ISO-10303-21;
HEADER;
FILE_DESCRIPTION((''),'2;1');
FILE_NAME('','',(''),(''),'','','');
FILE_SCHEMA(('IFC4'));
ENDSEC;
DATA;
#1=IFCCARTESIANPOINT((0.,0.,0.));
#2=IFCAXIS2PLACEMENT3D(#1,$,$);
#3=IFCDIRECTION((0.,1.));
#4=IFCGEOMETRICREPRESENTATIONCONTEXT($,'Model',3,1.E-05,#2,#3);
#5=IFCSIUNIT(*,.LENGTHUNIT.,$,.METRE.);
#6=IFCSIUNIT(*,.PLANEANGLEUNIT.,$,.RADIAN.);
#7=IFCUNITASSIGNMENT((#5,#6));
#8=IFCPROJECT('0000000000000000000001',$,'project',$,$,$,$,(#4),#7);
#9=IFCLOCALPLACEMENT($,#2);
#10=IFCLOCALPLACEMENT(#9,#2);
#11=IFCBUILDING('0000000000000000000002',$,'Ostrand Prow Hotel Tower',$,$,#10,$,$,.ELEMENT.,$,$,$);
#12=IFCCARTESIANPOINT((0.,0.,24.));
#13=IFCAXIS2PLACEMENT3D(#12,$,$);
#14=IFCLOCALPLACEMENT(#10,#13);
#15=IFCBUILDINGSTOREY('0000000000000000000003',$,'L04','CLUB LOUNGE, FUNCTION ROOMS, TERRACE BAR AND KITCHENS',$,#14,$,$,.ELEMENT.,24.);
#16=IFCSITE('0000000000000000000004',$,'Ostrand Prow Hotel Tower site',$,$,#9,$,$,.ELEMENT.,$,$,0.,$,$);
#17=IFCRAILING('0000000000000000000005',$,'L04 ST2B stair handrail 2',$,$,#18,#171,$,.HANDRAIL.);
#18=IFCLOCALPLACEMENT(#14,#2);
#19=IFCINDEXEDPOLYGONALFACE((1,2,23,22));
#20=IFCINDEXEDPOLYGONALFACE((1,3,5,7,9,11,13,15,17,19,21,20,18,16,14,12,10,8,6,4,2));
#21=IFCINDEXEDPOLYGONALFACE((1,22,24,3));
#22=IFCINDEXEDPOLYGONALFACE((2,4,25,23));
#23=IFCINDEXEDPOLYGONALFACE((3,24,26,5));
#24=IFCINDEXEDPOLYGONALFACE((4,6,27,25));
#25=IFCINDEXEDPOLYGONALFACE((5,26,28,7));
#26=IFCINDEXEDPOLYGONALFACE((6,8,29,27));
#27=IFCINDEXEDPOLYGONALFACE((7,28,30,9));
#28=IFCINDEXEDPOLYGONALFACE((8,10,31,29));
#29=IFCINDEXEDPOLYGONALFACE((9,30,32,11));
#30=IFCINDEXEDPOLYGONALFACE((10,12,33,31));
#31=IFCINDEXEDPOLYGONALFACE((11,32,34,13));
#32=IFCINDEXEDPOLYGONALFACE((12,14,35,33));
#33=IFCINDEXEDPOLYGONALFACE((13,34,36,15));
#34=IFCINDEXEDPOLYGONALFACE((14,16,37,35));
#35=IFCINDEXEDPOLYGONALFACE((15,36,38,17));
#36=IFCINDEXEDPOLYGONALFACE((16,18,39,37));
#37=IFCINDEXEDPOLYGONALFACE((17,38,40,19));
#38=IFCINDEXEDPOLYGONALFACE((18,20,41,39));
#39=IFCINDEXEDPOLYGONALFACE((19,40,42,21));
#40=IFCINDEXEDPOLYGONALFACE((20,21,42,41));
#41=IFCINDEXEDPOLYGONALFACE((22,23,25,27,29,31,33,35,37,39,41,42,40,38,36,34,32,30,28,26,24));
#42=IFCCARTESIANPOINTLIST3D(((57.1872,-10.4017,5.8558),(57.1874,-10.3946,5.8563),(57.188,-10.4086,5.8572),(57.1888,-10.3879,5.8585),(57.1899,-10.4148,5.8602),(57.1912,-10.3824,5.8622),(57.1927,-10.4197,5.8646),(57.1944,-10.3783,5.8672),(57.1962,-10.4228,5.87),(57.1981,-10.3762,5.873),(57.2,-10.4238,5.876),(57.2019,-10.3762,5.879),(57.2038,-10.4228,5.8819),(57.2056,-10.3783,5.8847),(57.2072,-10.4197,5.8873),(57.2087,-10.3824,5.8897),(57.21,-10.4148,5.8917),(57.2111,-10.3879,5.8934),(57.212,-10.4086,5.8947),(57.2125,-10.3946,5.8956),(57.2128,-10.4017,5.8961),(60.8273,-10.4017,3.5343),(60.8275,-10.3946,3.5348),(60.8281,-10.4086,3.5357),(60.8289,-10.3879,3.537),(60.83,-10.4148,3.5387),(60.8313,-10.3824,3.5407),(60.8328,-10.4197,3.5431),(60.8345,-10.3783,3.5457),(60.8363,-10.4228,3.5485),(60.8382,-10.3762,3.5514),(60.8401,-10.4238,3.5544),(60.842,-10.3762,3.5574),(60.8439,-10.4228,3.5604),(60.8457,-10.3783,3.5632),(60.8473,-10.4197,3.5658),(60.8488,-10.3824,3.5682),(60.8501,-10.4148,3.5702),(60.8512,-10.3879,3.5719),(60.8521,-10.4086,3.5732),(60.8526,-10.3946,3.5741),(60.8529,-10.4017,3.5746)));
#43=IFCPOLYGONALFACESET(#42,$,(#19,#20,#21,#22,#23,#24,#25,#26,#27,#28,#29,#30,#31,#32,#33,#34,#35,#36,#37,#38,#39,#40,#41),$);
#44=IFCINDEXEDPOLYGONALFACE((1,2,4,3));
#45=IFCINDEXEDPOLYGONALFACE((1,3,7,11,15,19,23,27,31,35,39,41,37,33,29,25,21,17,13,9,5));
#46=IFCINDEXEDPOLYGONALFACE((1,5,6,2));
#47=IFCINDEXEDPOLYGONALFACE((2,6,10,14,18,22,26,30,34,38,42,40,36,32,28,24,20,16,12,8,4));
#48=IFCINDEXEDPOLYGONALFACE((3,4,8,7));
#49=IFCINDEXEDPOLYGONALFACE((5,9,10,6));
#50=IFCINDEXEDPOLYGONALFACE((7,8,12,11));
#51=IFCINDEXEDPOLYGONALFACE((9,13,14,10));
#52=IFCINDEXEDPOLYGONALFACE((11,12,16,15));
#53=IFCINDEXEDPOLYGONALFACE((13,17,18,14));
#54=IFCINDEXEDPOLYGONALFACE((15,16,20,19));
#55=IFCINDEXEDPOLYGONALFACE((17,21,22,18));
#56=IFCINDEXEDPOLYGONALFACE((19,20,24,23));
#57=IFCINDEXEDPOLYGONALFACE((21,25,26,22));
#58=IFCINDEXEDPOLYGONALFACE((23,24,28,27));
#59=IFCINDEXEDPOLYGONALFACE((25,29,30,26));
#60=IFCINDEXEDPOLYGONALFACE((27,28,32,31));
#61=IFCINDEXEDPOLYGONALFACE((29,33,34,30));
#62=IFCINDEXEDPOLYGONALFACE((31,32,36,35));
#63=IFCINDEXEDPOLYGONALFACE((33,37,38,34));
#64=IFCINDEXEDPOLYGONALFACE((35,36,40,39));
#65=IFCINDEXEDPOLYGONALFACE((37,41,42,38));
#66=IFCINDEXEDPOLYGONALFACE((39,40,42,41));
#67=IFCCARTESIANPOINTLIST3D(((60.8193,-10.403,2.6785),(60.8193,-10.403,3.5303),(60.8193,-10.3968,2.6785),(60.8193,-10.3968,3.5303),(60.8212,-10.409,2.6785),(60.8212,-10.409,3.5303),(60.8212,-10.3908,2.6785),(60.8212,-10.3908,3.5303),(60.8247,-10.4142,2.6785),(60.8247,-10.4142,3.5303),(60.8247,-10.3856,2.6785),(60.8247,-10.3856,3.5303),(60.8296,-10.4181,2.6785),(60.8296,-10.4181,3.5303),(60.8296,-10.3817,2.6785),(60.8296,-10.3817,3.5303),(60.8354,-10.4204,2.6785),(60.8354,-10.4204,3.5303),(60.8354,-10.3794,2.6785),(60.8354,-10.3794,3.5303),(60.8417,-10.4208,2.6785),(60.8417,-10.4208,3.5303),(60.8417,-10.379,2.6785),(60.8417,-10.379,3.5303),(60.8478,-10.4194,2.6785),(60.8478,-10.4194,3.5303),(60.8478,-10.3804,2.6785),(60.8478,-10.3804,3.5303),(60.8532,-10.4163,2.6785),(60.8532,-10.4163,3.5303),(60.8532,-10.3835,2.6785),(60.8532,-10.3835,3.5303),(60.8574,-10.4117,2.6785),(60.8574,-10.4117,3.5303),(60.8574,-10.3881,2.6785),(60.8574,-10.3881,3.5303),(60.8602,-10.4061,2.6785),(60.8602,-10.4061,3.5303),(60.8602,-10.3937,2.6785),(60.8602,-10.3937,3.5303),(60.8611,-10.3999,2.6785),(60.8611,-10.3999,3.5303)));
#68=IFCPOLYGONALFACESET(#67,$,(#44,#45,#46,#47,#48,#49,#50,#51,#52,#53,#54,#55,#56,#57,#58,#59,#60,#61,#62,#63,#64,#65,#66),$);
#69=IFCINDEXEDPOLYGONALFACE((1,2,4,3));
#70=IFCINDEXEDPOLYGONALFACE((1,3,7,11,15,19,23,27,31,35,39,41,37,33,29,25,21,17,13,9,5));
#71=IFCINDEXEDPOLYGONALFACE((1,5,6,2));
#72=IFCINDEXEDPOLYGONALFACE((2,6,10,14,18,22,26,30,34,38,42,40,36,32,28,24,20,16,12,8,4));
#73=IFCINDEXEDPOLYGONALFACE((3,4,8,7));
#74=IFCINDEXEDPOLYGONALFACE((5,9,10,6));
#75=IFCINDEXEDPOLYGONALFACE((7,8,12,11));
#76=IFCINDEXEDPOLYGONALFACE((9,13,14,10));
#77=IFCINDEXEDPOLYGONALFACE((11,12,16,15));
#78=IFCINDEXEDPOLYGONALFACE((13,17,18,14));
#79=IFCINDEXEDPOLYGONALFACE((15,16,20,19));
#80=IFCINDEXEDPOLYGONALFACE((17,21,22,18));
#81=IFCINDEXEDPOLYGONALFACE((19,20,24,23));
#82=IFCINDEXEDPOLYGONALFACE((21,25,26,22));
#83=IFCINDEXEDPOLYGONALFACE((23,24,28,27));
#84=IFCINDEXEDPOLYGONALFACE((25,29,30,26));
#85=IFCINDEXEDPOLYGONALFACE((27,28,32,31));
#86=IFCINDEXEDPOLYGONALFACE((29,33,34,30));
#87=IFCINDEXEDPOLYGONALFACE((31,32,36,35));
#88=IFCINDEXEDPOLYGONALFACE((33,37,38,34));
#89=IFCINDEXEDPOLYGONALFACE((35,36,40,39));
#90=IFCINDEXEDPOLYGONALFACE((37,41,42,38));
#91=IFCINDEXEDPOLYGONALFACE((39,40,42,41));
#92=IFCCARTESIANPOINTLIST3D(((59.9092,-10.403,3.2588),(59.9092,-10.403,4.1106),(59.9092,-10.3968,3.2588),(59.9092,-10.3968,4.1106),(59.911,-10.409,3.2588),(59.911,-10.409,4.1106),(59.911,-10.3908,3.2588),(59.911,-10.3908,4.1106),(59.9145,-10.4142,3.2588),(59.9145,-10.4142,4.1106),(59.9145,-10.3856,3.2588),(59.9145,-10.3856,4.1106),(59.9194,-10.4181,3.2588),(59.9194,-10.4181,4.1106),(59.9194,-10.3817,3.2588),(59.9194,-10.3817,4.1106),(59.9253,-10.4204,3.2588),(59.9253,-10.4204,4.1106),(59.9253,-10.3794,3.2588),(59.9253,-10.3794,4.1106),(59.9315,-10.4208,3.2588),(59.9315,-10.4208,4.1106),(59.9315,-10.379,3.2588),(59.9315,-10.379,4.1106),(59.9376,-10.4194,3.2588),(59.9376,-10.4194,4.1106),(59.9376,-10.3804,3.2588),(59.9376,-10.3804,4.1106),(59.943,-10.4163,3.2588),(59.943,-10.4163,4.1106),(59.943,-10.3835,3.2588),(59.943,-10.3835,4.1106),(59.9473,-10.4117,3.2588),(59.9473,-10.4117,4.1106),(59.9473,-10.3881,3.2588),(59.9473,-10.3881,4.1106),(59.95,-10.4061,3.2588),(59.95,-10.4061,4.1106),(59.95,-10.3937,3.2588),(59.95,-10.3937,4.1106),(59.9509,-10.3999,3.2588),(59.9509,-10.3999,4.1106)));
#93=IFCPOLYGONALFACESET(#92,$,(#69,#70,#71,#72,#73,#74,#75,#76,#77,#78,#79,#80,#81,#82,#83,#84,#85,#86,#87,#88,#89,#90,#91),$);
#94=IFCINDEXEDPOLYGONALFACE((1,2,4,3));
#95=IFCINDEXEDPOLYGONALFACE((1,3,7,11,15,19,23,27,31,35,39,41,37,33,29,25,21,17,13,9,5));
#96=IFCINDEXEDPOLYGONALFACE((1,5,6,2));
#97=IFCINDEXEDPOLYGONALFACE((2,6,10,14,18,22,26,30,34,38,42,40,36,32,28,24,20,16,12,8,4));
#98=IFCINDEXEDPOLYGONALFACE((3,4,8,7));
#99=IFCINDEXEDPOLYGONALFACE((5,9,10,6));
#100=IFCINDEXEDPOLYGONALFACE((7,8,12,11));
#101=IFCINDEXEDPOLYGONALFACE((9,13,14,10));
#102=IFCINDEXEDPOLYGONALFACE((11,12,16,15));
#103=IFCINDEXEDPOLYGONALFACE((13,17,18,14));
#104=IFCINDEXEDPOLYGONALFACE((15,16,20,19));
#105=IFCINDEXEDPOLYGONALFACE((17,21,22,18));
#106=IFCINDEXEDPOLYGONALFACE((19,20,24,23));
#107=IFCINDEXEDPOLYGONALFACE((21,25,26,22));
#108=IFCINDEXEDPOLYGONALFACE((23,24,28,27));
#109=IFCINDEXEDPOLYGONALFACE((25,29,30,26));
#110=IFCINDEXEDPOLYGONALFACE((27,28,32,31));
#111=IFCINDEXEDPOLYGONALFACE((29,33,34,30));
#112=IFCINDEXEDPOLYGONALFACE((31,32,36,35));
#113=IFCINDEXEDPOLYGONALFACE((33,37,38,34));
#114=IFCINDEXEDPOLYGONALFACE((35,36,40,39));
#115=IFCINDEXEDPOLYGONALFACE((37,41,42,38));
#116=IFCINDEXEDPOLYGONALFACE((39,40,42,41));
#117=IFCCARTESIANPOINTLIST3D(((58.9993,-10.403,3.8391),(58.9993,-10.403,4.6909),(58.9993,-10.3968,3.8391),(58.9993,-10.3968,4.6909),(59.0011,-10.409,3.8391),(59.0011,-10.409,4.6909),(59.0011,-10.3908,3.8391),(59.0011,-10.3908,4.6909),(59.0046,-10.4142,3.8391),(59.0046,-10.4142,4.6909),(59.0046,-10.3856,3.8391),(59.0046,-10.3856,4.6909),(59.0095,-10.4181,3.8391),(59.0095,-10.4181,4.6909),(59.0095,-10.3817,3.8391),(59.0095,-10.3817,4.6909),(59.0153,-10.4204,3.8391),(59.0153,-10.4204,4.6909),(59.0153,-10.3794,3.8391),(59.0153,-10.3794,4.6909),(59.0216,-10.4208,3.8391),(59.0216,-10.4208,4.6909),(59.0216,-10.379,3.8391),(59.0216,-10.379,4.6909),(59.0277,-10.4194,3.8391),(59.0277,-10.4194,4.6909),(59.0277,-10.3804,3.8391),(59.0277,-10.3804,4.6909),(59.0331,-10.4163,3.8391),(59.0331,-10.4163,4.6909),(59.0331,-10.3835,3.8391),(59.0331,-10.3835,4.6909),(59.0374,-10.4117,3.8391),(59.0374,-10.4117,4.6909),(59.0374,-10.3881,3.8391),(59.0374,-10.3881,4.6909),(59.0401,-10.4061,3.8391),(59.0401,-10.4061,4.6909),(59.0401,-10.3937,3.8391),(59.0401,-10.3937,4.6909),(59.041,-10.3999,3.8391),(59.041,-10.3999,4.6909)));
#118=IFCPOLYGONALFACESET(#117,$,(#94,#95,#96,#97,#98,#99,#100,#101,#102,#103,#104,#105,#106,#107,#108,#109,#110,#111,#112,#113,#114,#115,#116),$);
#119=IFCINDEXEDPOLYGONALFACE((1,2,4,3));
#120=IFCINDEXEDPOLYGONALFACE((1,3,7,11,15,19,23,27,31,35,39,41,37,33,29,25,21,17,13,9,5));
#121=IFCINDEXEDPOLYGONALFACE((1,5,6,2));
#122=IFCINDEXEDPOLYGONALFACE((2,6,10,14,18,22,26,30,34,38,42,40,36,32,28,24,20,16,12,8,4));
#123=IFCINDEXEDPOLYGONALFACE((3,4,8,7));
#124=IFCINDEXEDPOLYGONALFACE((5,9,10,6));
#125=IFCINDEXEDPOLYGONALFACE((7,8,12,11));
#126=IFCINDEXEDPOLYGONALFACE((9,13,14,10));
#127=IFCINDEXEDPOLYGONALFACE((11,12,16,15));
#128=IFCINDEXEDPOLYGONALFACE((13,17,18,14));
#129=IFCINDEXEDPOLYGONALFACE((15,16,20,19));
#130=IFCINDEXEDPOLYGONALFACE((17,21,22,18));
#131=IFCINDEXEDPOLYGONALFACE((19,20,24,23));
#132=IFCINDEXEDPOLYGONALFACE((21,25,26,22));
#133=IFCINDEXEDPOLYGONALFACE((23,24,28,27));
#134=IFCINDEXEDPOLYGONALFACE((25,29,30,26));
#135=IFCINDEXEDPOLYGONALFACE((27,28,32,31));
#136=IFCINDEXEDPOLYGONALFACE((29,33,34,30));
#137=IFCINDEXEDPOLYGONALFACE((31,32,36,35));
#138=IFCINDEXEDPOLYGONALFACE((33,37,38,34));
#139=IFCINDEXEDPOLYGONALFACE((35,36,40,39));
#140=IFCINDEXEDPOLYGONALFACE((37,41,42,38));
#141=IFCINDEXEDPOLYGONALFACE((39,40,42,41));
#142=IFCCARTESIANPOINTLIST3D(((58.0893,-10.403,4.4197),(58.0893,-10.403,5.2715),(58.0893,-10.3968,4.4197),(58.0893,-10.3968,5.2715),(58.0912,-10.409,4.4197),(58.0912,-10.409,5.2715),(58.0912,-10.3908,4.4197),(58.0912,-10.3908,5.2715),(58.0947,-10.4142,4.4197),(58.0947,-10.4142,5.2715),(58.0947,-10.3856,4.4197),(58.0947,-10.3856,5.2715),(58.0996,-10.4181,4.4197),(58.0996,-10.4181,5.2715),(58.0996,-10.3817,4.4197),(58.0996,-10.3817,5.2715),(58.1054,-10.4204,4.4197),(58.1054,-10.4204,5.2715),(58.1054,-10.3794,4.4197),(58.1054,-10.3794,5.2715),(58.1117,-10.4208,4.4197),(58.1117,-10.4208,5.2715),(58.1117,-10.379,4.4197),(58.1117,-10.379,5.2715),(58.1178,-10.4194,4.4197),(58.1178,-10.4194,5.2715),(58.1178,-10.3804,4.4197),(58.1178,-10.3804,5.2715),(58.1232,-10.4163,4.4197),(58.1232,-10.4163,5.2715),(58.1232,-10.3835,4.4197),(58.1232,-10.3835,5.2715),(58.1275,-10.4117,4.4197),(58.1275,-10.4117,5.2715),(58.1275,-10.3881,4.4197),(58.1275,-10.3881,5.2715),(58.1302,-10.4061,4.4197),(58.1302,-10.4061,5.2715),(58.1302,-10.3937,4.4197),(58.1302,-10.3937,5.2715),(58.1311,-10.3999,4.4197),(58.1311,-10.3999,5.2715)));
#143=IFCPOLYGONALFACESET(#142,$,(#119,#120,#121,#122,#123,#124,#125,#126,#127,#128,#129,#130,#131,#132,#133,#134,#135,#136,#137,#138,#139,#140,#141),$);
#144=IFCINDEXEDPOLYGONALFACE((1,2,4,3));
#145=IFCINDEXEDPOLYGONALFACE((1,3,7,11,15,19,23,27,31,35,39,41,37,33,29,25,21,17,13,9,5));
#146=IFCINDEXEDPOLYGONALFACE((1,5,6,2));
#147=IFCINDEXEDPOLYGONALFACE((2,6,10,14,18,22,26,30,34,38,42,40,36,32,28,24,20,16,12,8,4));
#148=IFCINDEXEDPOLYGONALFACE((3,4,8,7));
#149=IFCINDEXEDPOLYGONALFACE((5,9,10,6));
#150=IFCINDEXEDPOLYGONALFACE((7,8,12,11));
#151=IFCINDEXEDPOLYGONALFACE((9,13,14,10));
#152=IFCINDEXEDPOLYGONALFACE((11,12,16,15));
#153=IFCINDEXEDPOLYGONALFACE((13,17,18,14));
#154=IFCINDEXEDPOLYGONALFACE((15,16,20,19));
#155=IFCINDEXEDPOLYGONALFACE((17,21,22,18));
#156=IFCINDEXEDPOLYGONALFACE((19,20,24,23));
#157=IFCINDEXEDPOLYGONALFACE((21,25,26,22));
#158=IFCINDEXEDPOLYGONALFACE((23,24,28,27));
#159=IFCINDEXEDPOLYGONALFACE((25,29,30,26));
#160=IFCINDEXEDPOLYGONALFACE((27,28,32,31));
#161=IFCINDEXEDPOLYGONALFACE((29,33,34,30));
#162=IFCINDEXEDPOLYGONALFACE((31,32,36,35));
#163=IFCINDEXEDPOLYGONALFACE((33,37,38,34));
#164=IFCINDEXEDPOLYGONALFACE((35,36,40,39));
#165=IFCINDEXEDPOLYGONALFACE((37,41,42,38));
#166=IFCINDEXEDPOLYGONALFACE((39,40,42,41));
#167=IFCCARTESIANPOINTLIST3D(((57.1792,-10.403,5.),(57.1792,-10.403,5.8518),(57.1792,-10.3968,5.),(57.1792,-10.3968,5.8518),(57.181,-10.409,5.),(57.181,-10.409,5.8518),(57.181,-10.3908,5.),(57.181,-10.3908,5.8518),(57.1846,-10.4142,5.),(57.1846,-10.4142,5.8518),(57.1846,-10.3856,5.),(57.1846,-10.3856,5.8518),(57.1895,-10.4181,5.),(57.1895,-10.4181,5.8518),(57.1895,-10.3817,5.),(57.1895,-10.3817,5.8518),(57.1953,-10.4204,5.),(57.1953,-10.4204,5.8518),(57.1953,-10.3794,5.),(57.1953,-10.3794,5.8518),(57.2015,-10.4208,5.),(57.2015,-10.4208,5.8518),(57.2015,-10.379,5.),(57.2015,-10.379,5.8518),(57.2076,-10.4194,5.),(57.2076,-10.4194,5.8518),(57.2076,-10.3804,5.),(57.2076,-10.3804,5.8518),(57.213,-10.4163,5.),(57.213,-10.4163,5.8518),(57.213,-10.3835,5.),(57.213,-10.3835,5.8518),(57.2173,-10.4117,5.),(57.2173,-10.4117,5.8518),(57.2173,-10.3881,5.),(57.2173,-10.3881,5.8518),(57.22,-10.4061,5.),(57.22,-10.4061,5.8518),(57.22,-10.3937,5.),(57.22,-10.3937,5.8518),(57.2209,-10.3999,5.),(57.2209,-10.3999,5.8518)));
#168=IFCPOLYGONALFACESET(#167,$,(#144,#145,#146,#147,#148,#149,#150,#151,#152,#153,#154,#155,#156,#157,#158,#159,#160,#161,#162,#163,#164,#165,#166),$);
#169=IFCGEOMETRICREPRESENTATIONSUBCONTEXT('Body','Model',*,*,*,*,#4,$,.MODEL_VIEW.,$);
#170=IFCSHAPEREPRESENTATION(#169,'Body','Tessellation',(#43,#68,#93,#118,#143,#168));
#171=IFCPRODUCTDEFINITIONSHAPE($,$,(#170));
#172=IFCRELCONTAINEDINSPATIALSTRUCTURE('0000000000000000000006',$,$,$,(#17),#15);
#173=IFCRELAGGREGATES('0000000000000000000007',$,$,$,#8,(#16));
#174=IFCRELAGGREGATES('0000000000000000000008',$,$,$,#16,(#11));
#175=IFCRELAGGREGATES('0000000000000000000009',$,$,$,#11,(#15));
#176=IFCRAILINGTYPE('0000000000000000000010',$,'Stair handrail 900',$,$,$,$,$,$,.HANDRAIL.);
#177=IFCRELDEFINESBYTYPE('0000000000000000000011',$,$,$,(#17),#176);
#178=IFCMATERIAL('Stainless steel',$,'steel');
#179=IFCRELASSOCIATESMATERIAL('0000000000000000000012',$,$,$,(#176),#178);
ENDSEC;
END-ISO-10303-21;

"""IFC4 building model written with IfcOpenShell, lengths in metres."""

from ifc_helpers import new_model, si_unit, direction, frame, origin, origin_2d, place, context, subcontext, project, spatial, circle, extrude, material, type_object, element, save


model = new_model("IFC4")

# Units and contexts
model_context = context("Model", 3, precision=1e-05, world=origin(), true_north=direction((0.0, 1.0)))
body_context = subcontext(model_context, "Body", "Model", "MODEL_VIEW")
ifc_project = project(units=[si_unit("LENGTHUNIT", "METRE"), si_unit("PLANEANGLEUNIT", "RADIAN")], contexts=[model_context])

# Site, building, storey
site_placement = place(None, origin())
site = spatial("IfcSite", under=ifc_project, at=site_placement, Name="Ostrand Prow Hotel Tower site", CompositionType="ELEMENT", RefElevation=0.0)
building_placement = place(site_placement, origin())
building = spatial("IfcBuilding", under=site, at=building_placement, Name="Ostrand Prow Hotel Tower", CompositionType="ELEMENT")
storey_placement = place(building_placement, frame((0.0, 0.0, 24.0)))
storey = spatial("IfcBuildingStorey", under=building, at=storey_placement, Name="L04", Description="CLUB LOUNGE, FUNCTION ROOMS, TERRACE BAR AND KITCHENS", CompositionType="ELEMENT", Elevation=24.0)

# Railing
ifc_material_1 = material(Name="Stainless steel", Category="steel")
railing_type_1 = type_object("IfcRailingType", Name="Stair handrail 900", PredefinedType="HANDRAIL", material=ifc_material_1)
railing_1_placement = place(storey_placement, frame((60.8401, -10.3999, 2.6785)))
element("IfcRailing", 1, at=railing_1_placement, inside=storey, type_object=railing_type_1, Name="L04 ST2B stair handrail 2", PredefinedType="HANDRAIL", context=body_context, shape_type="SweptSolid", body=[
    extrude(circle(Radius=0.0239, at=origin_2d()), frame((0.0, 0.0, 0.876), z_axis=(-0.843128, 0.0, 0.537713), x_axis=(0.0, -1.0, 0.0)), (0.0, 0.0, 1.0), 4.3174),
    extrude(circle(Radius=0.021, at=origin_2d()), origin(), (0.0, 0.0, 1.0), 0.8518),
    extrude(circle(Radius=0.021, at=origin_2d()), frame((-0.9102, 0.0, 0.5803)), (0.0, 0.0, 1.0), 0.8518),
    extrude(circle(Radius=0.021, at=origin_2d()), frame((-1.8201, 0.0, 1.1606)), (0.0, 0.0, 1.0), 0.8518),
    extrude(circle(Radius=0.021, at=origin_2d()), frame((-2.73, 0.0, 1.7412)), (0.0, 0.0, 1.0), 0.8518),
    extrude(circle(Radius=0.021, at=origin_2d()), frame((-3.6401, 0.0, 2.3215)), (0.0, 0.0, 1.0), 0.8518),
])

save(model, "model.ifc")
